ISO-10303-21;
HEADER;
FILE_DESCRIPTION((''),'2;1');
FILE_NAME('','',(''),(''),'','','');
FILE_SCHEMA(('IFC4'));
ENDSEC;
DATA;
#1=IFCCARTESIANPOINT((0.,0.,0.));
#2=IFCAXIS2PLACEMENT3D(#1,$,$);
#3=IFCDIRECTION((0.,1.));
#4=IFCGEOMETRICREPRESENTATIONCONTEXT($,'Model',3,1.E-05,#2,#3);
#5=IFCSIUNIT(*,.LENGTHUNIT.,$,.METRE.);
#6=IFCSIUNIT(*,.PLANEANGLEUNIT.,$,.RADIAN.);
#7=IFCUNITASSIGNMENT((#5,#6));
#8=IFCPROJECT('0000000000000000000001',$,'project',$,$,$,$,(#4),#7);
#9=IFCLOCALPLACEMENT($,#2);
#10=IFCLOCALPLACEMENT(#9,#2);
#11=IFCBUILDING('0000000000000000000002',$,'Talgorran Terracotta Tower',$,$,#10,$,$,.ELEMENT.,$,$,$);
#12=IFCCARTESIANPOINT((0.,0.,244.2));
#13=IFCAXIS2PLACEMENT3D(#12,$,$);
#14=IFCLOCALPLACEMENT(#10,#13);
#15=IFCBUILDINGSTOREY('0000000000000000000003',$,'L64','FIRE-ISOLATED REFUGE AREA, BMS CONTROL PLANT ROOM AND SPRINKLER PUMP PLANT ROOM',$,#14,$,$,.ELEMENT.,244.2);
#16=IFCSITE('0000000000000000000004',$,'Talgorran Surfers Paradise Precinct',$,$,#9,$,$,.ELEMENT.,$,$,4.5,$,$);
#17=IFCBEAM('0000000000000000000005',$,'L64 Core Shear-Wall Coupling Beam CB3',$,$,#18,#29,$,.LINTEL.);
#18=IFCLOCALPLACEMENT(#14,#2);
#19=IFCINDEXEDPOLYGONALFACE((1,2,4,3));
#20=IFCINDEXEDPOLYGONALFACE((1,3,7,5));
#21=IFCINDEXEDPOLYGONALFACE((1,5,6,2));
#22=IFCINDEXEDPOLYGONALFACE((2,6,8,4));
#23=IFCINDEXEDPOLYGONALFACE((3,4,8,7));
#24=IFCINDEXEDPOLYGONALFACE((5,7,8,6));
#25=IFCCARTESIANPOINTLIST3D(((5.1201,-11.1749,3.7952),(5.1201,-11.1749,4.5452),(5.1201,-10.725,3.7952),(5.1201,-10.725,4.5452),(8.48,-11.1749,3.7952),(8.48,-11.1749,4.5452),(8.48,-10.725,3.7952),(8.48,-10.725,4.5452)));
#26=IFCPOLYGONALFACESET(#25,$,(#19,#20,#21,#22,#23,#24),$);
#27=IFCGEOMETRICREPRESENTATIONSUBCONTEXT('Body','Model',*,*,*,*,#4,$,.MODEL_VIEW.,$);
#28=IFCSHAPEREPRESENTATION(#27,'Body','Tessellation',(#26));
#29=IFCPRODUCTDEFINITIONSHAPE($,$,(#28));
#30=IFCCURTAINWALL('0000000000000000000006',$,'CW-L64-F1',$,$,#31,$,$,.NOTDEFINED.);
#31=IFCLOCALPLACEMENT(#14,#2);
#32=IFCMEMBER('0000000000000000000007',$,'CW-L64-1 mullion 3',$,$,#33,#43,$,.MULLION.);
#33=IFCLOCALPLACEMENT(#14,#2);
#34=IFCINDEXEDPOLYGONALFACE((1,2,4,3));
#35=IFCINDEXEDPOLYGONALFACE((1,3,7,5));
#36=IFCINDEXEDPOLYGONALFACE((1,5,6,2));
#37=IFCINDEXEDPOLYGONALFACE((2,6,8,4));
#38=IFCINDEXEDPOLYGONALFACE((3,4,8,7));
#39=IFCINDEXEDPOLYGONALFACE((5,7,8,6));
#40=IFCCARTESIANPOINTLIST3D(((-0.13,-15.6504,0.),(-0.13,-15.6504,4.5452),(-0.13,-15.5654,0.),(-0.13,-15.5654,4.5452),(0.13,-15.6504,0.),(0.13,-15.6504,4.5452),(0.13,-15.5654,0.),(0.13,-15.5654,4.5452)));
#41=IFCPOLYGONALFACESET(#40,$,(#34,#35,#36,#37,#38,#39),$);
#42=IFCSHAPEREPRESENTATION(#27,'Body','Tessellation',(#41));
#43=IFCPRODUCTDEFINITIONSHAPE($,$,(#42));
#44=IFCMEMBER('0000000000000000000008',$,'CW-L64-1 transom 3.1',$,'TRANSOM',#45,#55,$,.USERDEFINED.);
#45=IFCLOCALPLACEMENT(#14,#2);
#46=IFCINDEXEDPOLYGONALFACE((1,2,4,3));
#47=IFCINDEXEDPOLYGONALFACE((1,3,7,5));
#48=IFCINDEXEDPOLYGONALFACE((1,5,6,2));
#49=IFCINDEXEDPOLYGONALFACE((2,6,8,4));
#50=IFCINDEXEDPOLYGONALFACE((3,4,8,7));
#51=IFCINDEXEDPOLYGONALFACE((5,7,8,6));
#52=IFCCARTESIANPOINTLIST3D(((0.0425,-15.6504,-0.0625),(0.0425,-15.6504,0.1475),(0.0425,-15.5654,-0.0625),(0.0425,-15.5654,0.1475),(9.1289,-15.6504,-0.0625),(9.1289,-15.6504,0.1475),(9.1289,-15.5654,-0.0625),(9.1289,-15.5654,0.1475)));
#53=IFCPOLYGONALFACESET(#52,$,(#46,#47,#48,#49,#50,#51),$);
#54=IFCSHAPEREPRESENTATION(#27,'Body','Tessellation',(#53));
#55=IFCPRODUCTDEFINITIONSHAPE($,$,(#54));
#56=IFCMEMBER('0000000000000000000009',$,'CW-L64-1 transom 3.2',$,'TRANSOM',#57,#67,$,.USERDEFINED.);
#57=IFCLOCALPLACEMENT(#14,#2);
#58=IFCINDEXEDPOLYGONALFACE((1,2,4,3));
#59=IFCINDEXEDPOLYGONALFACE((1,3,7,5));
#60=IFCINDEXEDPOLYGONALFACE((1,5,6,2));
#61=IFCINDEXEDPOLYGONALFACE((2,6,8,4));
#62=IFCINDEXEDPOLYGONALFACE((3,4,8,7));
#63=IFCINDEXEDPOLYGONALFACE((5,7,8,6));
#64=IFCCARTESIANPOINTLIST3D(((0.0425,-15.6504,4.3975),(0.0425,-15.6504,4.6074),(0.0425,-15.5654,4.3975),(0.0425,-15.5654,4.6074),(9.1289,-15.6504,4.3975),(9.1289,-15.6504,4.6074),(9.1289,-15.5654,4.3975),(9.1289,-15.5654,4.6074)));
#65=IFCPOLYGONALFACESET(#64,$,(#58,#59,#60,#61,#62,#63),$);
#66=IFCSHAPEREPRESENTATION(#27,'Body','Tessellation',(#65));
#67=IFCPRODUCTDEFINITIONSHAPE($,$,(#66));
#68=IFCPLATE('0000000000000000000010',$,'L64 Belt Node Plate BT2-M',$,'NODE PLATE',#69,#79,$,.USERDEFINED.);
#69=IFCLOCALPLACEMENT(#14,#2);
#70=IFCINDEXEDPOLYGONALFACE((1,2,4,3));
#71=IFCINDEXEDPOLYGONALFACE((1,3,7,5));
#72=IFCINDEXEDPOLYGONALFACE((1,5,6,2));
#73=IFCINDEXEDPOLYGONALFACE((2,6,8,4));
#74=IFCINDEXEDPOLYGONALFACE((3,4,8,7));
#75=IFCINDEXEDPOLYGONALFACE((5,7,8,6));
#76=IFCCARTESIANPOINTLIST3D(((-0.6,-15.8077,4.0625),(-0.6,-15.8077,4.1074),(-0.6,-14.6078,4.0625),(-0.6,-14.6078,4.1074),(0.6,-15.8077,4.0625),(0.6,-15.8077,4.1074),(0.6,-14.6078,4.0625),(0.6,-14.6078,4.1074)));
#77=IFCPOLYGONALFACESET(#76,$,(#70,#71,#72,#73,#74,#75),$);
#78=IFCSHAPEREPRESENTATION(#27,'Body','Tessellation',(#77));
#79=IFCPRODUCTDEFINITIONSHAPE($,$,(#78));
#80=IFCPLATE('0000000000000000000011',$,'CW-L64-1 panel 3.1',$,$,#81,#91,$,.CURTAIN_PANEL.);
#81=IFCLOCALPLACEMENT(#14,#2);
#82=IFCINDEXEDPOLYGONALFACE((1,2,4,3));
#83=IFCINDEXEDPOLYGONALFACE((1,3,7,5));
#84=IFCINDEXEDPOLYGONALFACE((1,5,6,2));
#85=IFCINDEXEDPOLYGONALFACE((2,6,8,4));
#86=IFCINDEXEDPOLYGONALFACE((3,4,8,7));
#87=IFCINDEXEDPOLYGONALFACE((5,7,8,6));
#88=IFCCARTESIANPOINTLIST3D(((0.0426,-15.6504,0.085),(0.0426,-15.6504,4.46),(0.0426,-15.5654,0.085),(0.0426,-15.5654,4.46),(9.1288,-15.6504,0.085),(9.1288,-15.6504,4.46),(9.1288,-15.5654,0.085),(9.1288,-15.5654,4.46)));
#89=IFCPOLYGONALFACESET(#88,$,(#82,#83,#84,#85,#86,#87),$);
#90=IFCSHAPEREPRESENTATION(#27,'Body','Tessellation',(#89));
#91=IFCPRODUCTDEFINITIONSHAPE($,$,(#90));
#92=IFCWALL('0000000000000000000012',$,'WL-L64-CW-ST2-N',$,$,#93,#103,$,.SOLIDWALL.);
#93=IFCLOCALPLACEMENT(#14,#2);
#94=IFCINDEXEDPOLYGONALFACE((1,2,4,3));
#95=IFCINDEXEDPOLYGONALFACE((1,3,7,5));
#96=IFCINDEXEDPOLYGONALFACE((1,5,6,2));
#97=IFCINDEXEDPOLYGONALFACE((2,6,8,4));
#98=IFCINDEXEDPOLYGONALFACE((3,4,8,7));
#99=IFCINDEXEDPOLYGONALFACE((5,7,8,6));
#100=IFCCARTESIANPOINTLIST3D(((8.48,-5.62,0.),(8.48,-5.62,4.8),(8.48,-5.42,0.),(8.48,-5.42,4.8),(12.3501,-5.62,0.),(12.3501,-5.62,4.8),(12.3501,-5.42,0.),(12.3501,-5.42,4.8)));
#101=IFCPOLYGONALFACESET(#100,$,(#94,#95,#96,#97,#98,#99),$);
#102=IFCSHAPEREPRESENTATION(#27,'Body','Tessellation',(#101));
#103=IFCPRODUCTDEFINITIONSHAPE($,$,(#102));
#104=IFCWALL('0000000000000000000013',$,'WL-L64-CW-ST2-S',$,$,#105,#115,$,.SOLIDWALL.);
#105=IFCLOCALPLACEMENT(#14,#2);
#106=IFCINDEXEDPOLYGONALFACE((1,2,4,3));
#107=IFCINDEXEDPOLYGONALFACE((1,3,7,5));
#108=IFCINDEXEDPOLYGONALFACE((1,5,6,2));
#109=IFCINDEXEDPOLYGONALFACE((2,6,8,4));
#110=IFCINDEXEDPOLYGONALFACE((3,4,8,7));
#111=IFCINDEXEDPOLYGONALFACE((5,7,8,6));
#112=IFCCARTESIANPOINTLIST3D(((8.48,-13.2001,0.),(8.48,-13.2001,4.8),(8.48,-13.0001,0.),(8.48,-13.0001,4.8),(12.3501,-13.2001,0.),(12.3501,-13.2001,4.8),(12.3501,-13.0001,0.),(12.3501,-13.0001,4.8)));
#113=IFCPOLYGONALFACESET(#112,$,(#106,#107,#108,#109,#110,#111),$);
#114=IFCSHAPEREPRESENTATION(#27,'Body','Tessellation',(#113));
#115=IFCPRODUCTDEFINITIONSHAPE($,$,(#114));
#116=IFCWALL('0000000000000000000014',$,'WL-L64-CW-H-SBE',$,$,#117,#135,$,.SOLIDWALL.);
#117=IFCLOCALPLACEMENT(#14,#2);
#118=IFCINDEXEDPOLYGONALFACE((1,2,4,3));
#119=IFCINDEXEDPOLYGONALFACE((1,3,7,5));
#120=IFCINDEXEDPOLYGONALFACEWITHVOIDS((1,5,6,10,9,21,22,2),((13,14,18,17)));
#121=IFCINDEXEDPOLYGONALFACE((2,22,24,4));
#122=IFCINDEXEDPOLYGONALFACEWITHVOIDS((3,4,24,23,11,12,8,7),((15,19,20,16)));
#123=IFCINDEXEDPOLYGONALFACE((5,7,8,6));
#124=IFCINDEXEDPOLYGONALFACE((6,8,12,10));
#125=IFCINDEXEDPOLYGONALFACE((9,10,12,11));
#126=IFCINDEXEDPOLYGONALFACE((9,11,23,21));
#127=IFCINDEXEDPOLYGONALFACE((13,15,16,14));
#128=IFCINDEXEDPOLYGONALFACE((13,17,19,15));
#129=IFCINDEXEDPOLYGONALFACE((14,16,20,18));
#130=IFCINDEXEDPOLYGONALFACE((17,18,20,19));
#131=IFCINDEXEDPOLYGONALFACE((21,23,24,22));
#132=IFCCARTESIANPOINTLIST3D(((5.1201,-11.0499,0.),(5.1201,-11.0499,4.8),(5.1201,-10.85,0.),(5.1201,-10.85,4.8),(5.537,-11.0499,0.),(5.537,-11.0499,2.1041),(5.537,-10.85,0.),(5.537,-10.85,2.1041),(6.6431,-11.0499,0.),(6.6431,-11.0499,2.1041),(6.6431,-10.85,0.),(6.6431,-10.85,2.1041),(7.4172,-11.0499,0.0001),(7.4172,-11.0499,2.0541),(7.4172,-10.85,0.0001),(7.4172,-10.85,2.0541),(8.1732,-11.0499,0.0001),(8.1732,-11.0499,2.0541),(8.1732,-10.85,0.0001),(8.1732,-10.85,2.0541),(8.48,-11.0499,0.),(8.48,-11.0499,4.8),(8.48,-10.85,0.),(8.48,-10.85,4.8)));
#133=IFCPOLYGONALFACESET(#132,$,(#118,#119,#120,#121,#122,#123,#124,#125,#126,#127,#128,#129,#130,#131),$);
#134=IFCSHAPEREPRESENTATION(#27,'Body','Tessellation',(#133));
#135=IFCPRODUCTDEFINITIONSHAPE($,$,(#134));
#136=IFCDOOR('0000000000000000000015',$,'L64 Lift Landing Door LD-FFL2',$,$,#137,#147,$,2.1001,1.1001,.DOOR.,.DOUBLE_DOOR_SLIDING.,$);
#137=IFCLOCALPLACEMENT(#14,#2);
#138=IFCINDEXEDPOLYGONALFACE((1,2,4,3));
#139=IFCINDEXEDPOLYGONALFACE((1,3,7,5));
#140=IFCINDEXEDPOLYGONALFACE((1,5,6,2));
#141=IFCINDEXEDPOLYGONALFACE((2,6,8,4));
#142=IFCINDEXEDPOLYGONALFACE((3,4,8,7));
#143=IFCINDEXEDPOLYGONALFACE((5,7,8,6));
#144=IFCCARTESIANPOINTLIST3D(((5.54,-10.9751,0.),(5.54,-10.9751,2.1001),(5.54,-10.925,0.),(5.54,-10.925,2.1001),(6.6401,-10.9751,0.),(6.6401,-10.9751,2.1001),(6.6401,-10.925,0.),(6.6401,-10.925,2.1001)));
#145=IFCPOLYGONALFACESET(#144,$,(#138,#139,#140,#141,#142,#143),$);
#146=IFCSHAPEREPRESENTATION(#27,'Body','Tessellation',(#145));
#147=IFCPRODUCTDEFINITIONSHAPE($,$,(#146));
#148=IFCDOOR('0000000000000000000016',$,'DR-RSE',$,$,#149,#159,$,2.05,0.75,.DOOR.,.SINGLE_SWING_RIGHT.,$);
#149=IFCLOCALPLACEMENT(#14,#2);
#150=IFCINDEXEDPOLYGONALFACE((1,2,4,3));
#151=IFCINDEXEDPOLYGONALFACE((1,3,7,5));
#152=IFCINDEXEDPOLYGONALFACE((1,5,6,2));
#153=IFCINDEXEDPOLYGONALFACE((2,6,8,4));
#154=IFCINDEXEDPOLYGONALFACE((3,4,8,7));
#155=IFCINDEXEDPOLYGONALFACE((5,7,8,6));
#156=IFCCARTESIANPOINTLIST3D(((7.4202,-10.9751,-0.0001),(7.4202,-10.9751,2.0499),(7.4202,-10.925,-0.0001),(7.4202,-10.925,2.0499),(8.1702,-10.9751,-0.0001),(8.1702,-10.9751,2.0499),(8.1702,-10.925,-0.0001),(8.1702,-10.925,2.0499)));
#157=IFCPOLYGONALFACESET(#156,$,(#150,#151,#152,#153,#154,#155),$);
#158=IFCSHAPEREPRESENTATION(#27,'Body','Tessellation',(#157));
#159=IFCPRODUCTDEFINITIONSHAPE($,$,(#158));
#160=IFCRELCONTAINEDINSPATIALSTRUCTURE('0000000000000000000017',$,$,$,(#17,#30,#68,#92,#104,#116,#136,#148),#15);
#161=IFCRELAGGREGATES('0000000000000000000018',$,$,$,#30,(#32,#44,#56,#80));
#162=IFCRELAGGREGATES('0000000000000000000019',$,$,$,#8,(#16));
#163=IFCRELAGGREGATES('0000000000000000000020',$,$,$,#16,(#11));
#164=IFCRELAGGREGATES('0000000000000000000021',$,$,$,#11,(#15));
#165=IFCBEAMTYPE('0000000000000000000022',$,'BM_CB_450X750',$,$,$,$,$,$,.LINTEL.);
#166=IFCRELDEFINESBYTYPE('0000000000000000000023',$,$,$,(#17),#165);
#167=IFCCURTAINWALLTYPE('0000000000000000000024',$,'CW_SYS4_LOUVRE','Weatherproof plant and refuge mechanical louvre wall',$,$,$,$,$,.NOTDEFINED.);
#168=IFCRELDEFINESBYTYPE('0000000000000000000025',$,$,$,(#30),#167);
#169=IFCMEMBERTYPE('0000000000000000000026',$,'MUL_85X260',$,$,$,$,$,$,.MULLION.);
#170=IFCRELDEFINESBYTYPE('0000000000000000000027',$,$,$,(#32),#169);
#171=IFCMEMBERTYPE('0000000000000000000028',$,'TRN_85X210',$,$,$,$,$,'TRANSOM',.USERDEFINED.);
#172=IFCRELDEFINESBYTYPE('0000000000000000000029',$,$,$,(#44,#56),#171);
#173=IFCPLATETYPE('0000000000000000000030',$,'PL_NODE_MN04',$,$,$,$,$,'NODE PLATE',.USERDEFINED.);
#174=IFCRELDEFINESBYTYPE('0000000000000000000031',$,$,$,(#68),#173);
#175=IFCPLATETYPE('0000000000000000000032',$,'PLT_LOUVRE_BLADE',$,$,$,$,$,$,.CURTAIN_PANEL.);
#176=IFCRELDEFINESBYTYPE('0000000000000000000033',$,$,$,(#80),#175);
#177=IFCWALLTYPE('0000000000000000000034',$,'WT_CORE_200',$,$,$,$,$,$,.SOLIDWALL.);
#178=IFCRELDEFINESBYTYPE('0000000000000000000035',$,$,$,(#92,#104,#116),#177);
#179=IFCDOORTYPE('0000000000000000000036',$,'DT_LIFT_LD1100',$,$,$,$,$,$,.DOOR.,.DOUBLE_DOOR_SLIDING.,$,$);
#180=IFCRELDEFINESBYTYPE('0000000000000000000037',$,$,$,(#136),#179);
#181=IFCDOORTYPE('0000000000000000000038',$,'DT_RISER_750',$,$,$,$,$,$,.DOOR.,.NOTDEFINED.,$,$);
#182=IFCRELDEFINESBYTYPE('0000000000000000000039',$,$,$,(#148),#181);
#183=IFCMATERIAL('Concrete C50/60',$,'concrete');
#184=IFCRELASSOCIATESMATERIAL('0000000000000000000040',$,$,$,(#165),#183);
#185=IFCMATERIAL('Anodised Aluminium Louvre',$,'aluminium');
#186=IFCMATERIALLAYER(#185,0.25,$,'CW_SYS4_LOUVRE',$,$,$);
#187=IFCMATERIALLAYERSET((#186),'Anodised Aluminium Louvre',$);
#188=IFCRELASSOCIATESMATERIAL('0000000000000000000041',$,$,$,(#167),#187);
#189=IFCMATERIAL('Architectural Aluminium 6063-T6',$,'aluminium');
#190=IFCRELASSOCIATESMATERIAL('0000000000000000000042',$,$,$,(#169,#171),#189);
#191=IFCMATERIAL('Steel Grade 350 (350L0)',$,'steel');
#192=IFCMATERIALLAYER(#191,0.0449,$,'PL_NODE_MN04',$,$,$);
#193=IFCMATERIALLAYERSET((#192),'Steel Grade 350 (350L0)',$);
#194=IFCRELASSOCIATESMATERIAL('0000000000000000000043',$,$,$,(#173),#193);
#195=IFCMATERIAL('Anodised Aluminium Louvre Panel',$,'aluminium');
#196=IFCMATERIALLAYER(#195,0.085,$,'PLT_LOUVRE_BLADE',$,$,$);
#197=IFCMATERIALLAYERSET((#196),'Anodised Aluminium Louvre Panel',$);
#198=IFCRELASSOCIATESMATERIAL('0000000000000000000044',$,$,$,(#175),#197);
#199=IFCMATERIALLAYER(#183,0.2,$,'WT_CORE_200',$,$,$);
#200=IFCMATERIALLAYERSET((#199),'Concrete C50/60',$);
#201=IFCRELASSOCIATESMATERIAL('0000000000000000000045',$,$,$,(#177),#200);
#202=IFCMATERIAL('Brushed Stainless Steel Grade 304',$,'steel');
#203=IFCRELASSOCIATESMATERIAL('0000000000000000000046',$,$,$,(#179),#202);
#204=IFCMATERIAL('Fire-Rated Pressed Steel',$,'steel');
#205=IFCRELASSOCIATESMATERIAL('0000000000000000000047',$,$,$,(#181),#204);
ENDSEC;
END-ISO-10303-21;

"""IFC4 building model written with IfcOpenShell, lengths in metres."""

from ifc_helpers import new_model, si_unit, direction, frame, frame_2d, origin, origin_2d, place, context, subcontext, project, spatial, rectangle, extrude, source, transform, mapped, material, layer, layer_set, material_profile, profile_set, type_object, type_shapes, element, fill, aggregate, save


model = new_model("IFC4")

# Units and contexts
model_context = context("Model", 3, precision=1e-05, world=origin(), true_north=direction((0.0, 1.0)))
body_context = subcontext(model_context, "Body", "Model", "MODEL_VIEW")
ifc_project = project(units=[si_unit("LENGTHUNIT", "METRE"), si_unit("PLANEANGLEUNIT", "RADIAN")], contexts=[model_context])

# Site, building, storey
site_placement = place(None, origin())
site = spatial("IfcSite", under=ifc_project, at=site_placement, Name="Talgorran Surfers Paradise Precinct", CompositionType="ELEMENT", RefElevation=4.5)
building_placement = place(site_placement, origin())
building = spatial("IfcBuilding", under=site, at=building_placement, Name="Talgorran Terracotta Tower", CompositionType="ELEMENT")
storey_placement = place(building_placement, frame((0.0, 0.0, 244.2)))
storey = spatial("IfcBuildingStorey", under=building, at=storey_placement, Name="L64", Description="FIRE-ISOLATED REFUGE AREA, BMS CONTROL PLANT ROOM AND SPRINKLER PUMP PLANT ROOM", CompositionType="ELEMENT", Elevation=244.2)

# Beam
ifc_material_1 = material(Name="Concrete C50/60", Category="concrete")
ifc_material_profile_1 = material_profile(ifc_material_1, rectangle(XDim=0.45, YDim=0.75, at=origin_2d()), Name="RCCB450X750")
ifc_profile_set_1 = profile_set([ifc_material_profile_1], Name="Concrete C50/60")
beam_type = type_object("IfcBeamType", Name="BM_CB_450X750", PredefinedType="LINTEL", material=ifc_profile_set_1)
beam_placement = place(storey_placement, frame((5.1201, -10.95, 4.1702), z_axis=(1.0, 0.0, 0.0), x_axis=(0.0, 1.0, 0.0)))
element("IfcBeam", 1, at=beam_placement, inside=storey, type_object=beam_type, Name="L64 Core Shear-Wall Coupling Beam CB3", PredefinedType="LINTEL", context=body_context, shape_type="SweptSolid", body=[
    extrude(rectangle(XDim=0.45, YDim=0.75, at=origin_2d()), origin(), (0.0, 0.0, 1.0), 3.3599),
])

# Curtain wall, members
ifc_material_2 = material(Name="Anodised Aluminium Louvre", Category="aluminium")
ifc_layer_1 = layer(ifc_material_2, 0.25, Name="CW_SYS4_LOUVRE")
ifc_layer_set_1 = layer_set([ifc_layer_1], Name="Anodised Aluminium Louvre")
curtain_wall_type = type_object("IfcCurtainWallType", Name="CW_SYS4_LOUVRE", Description="Weatherproof plant and refuge mechanical louvre wall", PredefinedType="NOTDEFINED", material=ifc_layer_set_1)
curtain_wall_placement = place(storey_placement, origin())
curtain_wall = element("IfcCurtainWall", 2, at=curtain_wall_placement, inside=storey, type_object=curtain_wall_type, Name="CW-L64-F1", PredefinedType="NOTDEFINED")
ifc_material_3 = material(Name="Architectural Aluminium 6063-T6", Category="aluminium")
ifc_material_profile_2 = material_profile(ifc_material_3, rectangle(XDim=0.085, YDim=0.26, at=origin_2d()), Name="CWM85X260")
ifc_profile_set_2 = profile_set([ifc_material_profile_2], Name="Architectural Aluminium 6063-T6")
member_type_1 = type_object("IfcMemberType", Name="MUL_85X260", PredefinedType="MULLION", material=ifc_profile_set_2)
member_1_placement = place(storey_placement, frame((0.0, -15.6079, 0.0), z_axis=(0.0, 0.0, 1.0), x_axis=(0.0, 1.0, 0.0)))
member_1 = element("IfcMember", 3, at=member_1_placement, type_object=member_type_1, Name="CW-L64-1 mullion 3", PredefinedType="MULLION", context=body_context, shape_type="SweptSolid", body=[
    extrude(rectangle(XDim=0.085, YDim=0.26, at=origin_2d()), origin(), (0.0, 0.0, 1.0), 4.5452),
])
ifc_material_profile_3 = material_profile(ifc_material_3, rectangle(XDim=0.085, YDim=0.21, at=origin_2d()), Name="CWT85X210")
ifc_profile_set_3 = profile_set([ifc_material_profile_3], Name="Architectural Aluminium 6063-T6")
member_type_2 = type_object("IfcMemberType", Name="TRN_85X210", ElementType="TRANSOM", PredefinedType="USERDEFINED", material=ifc_profile_set_3)
member_2_placement = place(storey_placement, frame((0.0425, -15.6079, 0.0425), z_axis=(1.0, 0.0, 0.0), x_axis=(0.0, 1.0, 0.0)))
member_2 = element("IfcMember", 4, at=member_2_placement, type_object=member_type_2, Name="CW-L64-1 transom 3.1", ObjectType="TRANSOM", PredefinedType="USERDEFINED", context=body_context, shape_type="SweptSolid", body=[
    extrude(rectangle(XDim=0.085, YDim=0.21, at=origin_2d()), origin(), (0.0, 0.0, 1.0), 9.0864),
])
member_3_placement = place(storey_placement, frame((0.0425, -15.6079, 4.5024), z_axis=(1.0, 0.0, 0.0), x_axis=(0.0, 1.0, 0.0)))
member_3 = element("IfcMember", 5, at=member_3_placement, type_object=member_type_2, Name="CW-L64-1 transom 3.2", ObjectType="TRANSOM", PredefinedType="USERDEFINED", context=body_context, shape_type="SweptSolid", body=[
    extrude(rectangle(XDim=0.085, YDim=0.21, at=origin_2d()), origin(), (0.0, 0.0, 1.0), 9.0864),
])

# Plates
ifc_material_4 = material(Name="Steel Grade 350 (350L0)", Category="steel")
ifc_layer_2 = layer(ifc_material_4, 0.0449, Name="PL_NODE_MN04")
ifc_layer_set_2 = layer_set([ifc_layer_2], Name="Steel Grade 350 (350L0)")
plate_type_1 = type_object("IfcPlateType", Name="PL_NODE_MN04", ElementType="NODE PLATE", PredefinedType="USERDEFINED", material=ifc_layer_set_2)
plate_1_placement = place(storey_placement, frame((0.0, -15.2078, 4.0625), z_axis=(0.0, 0.0, 1.0), x_axis=(1.0, 0.0, 0.0)))
element("IfcPlate", 6, at=plate_1_placement, inside=storey, type_object=plate_type_1, Name="L64 Belt Node Plate BT2-M", ObjectType="NODE PLATE", PredefinedType="USERDEFINED", context=body_context, shape_type="SweptSolid", body=[
    extrude(rectangle(XDim=1.2, YDim=1.2, at=origin_2d()), origin(), (0.0, 0.0, 1.0), 0.0449),
])
ifc_material_5 = material(Name="Anodised Aluminium Louvre Panel", Category="aluminium")
ifc_layer_3 = layer(ifc_material_5, 0.085, Name="PLT_LOUVRE_BLADE")
ifc_layer_set_3 = layer_set([ifc_layer_3], Name="Anodised Aluminium Louvre Panel")
plate_type_2 = type_object("IfcPlateType", Name="PLT_LOUVRE_BLADE", PredefinedType="CURTAIN_PANEL", material=ifc_layer_set_3)
shared_shape = source(origin(), body_context, "Body", "SweptSolid", [
    extrude(rectangle(XDim=9.0862, YDim=0.085, at=origin_2d()), origin(), (0.0, 0.0, 1.0), 4.375),
])
type_shapes(plate_type_2, [shared_shape])
plate_2_placement = place(storey_placement, frame((4.5857, -15.6079, 0.085), z_axis=(0.0, 0.0, 1.0), x_axis=(1.0, 0.0, 0.0)))
plate_2 = element("IfcPlate", 7, at=plate_2_placement, type_object=plate_type_2, Name="CW-L64-1 panel 3.1", PredefinedType="CURTAIN_PANEL", context=body_context, shape_type="MappedRepresentation", body=[
    mapped(shared_shape, transform((0.0, 0.0, 0.0), scale=1.0)),
])
aggregate(curtain_wall, [member_1, member_2, member_3, plate_2])

# Walls
ifc_layer_4 = layer(ifc_material_1, 0.2, Name="WT_CORE_200")
ifc_layer_set_4 = layer_set([ifc_layer_4], Name="Concrete C50/60")
wall_type_1 = type_object("IfcWallType", Name="WT_CORE_200", PredefinedType="SOLIDWALL", material=ifc_layer_set_4)
for number, where, z_axis, x_axis, name in (
    (8, (8.48, -5.52, 0.0), (0.0, 0.0, 1.0), (1.0, 0.0, 0.0), "WL-L64-CW-ST2-N"),
    (9, (8.48, -13.1001, 0.0), (0.0, 0.0, 1.0), (1.0, 0.0, 0.0), "WL-L64-CW-ST2-S"),
):
    element("IfcWall", number, at=place(storey_placement, frame(where, z_axis=z_axis, x_axis=x_axis)), inside=storey, type_object=wall_type_1, Name=name, PredefinedType="SOLIDWALL", context=body_context, shape_type="SweptSolid", body=[
        extrude(rectangle(XDim=3.8701, YDim=0.2, at=frame_2d((1.9351, 0.0))), origin(), (0.0, 0.0, 1.0), 4.8),
    ])

# Wall, openings, doors
wall_1_placement = place(storey_placement, frame((5.1201, -10.95, 0.0), z_axis=(0.0, 0.0, 1.0), x_axis=(1.0, 0.0, 0.0)))
wall_1 = element("IfcWall", 10, at=wall_1_placement, inside=storey, type_object=wall_type_1, Name="WL-L64-CW-H-SBE", PredefinedType="SOLIDWALL", context=body_context, shape_type="SweptSolid", body=[
    extrude(rectangle(XDim=3.3599, YDim=0.2, at=frame_2d((1.6799, 0.0))), origin(), (0.0, 0.0, 1.0), 4.8),
])
opening_1_placement = place(wall_1_placement, frame((0.4199, 0.0, 0.0)))
opening_1 = element("IfcOpeningElement", 11, at=opening_1_placement, cuts=wall_1, PredefinedType="OPENING", context=body_context, shape_type="SweptSolid", body=[
    extrude(rectangle(XDim=1.1061, YDim=2.1041, at=frame_2d((0.55, 1.052))), frame((0.0, 0.1099, 0.0), z_axis=(0.0, -1.0, 0.0), x_axis=(1.0, 0.0, 0.0)), (0.0, 0.0, 1.0), 0.22),
])
opening_2_placement = place(wall_1_placement, frame((2.3, 0.0, 0.0)))
opening_2 = element("IfcOpeningElement", 12, at=opening_2_placement, cuts=wall_1, PredefinedType="OPENING", context=body_context, shape_type="SweptSolid", body=[
    extrude(rectangle(XDim=0.756, YDim=2.054, at=frame_2d((0.375, 1.0271))), frame((0.0, 0.1099, 0.0), z_axis=(0.0, -1.0, 0.0), x_axis=(1.0, 0.0, 0.0)), (0.0, 0.0, 1.0), 0.22),
])
ifc_material_6 = material(Name="Brushed Stainless Steel Grade 304", Category="steel")
door_type_1 = type_object("IfcDoorType", Name="DT_LIFT_LD1100", OperationType="DOUBLE_DOOR_SLIDING", PredefinedType="DOOR", material=ifc_material_6)
door_1_placement = place(opening_1_placement, origin())
door_1 = element("IfcDoor", 13, at=door_1_placement, inside=storey, type_object=door_type_1, Name="L64 Lift Landing Door LD-FFL2", OperationType="DOUBLE_DOOR_SLIDING", OverallHeight=2.1001, OverallWidth=1.1001, PredefinedType="DOOR", context=body_context, shape_type="SweptSolid", body=[
    extrude(rectangle(XDim=1.1001, YDim=2.1001, at=frame_2d((0.55, 1.05))), frame((0.0, 0.0249, 0.0), z_axis=(0.0, -1.0, 0.0), x_axis=(1.0, 0.0, 0.0)), (0.0, 0.0, 1.0), 0.05),
])
fill(opening_1, door_1)
ifc_material_7 = material(Name="Fire-Rated Pressed Steel", Category="steel")
door_type_2 = type_object("IfcDoorType", Name="DT_RISER_750", OperationType="NOTDEFINED", PredefinedType="DOOR", material=ifc_material_7)
door_2_placement = place(opening_2_placement, origin())
door_2 = element("IfcDoor", 14, at=door_2_placement, inside=storey, type_object=door_type_2, Name="DR-RSE", OperationType="SINGLE_SWING_RIGHT", OverallHeight=2.05, OverallWidth=0.75, PredefinedType="DOOR", context=body_context, shape_type="SweptSolid", body=[
    extrude(rectangle(XDim=0.75, YDim=2.05, at=frame_2d((0.375, 1.0249))), frame((0.0, 0.0249, 0.0), z_axis=(0.0, -1.0, 0.0), x_axis=(1.0, 0.0, 0.0)), (0.0, 0.0, 1.0), 0.05),
])
fill(opening_2, door_2)

save(model, "model.ifc")
